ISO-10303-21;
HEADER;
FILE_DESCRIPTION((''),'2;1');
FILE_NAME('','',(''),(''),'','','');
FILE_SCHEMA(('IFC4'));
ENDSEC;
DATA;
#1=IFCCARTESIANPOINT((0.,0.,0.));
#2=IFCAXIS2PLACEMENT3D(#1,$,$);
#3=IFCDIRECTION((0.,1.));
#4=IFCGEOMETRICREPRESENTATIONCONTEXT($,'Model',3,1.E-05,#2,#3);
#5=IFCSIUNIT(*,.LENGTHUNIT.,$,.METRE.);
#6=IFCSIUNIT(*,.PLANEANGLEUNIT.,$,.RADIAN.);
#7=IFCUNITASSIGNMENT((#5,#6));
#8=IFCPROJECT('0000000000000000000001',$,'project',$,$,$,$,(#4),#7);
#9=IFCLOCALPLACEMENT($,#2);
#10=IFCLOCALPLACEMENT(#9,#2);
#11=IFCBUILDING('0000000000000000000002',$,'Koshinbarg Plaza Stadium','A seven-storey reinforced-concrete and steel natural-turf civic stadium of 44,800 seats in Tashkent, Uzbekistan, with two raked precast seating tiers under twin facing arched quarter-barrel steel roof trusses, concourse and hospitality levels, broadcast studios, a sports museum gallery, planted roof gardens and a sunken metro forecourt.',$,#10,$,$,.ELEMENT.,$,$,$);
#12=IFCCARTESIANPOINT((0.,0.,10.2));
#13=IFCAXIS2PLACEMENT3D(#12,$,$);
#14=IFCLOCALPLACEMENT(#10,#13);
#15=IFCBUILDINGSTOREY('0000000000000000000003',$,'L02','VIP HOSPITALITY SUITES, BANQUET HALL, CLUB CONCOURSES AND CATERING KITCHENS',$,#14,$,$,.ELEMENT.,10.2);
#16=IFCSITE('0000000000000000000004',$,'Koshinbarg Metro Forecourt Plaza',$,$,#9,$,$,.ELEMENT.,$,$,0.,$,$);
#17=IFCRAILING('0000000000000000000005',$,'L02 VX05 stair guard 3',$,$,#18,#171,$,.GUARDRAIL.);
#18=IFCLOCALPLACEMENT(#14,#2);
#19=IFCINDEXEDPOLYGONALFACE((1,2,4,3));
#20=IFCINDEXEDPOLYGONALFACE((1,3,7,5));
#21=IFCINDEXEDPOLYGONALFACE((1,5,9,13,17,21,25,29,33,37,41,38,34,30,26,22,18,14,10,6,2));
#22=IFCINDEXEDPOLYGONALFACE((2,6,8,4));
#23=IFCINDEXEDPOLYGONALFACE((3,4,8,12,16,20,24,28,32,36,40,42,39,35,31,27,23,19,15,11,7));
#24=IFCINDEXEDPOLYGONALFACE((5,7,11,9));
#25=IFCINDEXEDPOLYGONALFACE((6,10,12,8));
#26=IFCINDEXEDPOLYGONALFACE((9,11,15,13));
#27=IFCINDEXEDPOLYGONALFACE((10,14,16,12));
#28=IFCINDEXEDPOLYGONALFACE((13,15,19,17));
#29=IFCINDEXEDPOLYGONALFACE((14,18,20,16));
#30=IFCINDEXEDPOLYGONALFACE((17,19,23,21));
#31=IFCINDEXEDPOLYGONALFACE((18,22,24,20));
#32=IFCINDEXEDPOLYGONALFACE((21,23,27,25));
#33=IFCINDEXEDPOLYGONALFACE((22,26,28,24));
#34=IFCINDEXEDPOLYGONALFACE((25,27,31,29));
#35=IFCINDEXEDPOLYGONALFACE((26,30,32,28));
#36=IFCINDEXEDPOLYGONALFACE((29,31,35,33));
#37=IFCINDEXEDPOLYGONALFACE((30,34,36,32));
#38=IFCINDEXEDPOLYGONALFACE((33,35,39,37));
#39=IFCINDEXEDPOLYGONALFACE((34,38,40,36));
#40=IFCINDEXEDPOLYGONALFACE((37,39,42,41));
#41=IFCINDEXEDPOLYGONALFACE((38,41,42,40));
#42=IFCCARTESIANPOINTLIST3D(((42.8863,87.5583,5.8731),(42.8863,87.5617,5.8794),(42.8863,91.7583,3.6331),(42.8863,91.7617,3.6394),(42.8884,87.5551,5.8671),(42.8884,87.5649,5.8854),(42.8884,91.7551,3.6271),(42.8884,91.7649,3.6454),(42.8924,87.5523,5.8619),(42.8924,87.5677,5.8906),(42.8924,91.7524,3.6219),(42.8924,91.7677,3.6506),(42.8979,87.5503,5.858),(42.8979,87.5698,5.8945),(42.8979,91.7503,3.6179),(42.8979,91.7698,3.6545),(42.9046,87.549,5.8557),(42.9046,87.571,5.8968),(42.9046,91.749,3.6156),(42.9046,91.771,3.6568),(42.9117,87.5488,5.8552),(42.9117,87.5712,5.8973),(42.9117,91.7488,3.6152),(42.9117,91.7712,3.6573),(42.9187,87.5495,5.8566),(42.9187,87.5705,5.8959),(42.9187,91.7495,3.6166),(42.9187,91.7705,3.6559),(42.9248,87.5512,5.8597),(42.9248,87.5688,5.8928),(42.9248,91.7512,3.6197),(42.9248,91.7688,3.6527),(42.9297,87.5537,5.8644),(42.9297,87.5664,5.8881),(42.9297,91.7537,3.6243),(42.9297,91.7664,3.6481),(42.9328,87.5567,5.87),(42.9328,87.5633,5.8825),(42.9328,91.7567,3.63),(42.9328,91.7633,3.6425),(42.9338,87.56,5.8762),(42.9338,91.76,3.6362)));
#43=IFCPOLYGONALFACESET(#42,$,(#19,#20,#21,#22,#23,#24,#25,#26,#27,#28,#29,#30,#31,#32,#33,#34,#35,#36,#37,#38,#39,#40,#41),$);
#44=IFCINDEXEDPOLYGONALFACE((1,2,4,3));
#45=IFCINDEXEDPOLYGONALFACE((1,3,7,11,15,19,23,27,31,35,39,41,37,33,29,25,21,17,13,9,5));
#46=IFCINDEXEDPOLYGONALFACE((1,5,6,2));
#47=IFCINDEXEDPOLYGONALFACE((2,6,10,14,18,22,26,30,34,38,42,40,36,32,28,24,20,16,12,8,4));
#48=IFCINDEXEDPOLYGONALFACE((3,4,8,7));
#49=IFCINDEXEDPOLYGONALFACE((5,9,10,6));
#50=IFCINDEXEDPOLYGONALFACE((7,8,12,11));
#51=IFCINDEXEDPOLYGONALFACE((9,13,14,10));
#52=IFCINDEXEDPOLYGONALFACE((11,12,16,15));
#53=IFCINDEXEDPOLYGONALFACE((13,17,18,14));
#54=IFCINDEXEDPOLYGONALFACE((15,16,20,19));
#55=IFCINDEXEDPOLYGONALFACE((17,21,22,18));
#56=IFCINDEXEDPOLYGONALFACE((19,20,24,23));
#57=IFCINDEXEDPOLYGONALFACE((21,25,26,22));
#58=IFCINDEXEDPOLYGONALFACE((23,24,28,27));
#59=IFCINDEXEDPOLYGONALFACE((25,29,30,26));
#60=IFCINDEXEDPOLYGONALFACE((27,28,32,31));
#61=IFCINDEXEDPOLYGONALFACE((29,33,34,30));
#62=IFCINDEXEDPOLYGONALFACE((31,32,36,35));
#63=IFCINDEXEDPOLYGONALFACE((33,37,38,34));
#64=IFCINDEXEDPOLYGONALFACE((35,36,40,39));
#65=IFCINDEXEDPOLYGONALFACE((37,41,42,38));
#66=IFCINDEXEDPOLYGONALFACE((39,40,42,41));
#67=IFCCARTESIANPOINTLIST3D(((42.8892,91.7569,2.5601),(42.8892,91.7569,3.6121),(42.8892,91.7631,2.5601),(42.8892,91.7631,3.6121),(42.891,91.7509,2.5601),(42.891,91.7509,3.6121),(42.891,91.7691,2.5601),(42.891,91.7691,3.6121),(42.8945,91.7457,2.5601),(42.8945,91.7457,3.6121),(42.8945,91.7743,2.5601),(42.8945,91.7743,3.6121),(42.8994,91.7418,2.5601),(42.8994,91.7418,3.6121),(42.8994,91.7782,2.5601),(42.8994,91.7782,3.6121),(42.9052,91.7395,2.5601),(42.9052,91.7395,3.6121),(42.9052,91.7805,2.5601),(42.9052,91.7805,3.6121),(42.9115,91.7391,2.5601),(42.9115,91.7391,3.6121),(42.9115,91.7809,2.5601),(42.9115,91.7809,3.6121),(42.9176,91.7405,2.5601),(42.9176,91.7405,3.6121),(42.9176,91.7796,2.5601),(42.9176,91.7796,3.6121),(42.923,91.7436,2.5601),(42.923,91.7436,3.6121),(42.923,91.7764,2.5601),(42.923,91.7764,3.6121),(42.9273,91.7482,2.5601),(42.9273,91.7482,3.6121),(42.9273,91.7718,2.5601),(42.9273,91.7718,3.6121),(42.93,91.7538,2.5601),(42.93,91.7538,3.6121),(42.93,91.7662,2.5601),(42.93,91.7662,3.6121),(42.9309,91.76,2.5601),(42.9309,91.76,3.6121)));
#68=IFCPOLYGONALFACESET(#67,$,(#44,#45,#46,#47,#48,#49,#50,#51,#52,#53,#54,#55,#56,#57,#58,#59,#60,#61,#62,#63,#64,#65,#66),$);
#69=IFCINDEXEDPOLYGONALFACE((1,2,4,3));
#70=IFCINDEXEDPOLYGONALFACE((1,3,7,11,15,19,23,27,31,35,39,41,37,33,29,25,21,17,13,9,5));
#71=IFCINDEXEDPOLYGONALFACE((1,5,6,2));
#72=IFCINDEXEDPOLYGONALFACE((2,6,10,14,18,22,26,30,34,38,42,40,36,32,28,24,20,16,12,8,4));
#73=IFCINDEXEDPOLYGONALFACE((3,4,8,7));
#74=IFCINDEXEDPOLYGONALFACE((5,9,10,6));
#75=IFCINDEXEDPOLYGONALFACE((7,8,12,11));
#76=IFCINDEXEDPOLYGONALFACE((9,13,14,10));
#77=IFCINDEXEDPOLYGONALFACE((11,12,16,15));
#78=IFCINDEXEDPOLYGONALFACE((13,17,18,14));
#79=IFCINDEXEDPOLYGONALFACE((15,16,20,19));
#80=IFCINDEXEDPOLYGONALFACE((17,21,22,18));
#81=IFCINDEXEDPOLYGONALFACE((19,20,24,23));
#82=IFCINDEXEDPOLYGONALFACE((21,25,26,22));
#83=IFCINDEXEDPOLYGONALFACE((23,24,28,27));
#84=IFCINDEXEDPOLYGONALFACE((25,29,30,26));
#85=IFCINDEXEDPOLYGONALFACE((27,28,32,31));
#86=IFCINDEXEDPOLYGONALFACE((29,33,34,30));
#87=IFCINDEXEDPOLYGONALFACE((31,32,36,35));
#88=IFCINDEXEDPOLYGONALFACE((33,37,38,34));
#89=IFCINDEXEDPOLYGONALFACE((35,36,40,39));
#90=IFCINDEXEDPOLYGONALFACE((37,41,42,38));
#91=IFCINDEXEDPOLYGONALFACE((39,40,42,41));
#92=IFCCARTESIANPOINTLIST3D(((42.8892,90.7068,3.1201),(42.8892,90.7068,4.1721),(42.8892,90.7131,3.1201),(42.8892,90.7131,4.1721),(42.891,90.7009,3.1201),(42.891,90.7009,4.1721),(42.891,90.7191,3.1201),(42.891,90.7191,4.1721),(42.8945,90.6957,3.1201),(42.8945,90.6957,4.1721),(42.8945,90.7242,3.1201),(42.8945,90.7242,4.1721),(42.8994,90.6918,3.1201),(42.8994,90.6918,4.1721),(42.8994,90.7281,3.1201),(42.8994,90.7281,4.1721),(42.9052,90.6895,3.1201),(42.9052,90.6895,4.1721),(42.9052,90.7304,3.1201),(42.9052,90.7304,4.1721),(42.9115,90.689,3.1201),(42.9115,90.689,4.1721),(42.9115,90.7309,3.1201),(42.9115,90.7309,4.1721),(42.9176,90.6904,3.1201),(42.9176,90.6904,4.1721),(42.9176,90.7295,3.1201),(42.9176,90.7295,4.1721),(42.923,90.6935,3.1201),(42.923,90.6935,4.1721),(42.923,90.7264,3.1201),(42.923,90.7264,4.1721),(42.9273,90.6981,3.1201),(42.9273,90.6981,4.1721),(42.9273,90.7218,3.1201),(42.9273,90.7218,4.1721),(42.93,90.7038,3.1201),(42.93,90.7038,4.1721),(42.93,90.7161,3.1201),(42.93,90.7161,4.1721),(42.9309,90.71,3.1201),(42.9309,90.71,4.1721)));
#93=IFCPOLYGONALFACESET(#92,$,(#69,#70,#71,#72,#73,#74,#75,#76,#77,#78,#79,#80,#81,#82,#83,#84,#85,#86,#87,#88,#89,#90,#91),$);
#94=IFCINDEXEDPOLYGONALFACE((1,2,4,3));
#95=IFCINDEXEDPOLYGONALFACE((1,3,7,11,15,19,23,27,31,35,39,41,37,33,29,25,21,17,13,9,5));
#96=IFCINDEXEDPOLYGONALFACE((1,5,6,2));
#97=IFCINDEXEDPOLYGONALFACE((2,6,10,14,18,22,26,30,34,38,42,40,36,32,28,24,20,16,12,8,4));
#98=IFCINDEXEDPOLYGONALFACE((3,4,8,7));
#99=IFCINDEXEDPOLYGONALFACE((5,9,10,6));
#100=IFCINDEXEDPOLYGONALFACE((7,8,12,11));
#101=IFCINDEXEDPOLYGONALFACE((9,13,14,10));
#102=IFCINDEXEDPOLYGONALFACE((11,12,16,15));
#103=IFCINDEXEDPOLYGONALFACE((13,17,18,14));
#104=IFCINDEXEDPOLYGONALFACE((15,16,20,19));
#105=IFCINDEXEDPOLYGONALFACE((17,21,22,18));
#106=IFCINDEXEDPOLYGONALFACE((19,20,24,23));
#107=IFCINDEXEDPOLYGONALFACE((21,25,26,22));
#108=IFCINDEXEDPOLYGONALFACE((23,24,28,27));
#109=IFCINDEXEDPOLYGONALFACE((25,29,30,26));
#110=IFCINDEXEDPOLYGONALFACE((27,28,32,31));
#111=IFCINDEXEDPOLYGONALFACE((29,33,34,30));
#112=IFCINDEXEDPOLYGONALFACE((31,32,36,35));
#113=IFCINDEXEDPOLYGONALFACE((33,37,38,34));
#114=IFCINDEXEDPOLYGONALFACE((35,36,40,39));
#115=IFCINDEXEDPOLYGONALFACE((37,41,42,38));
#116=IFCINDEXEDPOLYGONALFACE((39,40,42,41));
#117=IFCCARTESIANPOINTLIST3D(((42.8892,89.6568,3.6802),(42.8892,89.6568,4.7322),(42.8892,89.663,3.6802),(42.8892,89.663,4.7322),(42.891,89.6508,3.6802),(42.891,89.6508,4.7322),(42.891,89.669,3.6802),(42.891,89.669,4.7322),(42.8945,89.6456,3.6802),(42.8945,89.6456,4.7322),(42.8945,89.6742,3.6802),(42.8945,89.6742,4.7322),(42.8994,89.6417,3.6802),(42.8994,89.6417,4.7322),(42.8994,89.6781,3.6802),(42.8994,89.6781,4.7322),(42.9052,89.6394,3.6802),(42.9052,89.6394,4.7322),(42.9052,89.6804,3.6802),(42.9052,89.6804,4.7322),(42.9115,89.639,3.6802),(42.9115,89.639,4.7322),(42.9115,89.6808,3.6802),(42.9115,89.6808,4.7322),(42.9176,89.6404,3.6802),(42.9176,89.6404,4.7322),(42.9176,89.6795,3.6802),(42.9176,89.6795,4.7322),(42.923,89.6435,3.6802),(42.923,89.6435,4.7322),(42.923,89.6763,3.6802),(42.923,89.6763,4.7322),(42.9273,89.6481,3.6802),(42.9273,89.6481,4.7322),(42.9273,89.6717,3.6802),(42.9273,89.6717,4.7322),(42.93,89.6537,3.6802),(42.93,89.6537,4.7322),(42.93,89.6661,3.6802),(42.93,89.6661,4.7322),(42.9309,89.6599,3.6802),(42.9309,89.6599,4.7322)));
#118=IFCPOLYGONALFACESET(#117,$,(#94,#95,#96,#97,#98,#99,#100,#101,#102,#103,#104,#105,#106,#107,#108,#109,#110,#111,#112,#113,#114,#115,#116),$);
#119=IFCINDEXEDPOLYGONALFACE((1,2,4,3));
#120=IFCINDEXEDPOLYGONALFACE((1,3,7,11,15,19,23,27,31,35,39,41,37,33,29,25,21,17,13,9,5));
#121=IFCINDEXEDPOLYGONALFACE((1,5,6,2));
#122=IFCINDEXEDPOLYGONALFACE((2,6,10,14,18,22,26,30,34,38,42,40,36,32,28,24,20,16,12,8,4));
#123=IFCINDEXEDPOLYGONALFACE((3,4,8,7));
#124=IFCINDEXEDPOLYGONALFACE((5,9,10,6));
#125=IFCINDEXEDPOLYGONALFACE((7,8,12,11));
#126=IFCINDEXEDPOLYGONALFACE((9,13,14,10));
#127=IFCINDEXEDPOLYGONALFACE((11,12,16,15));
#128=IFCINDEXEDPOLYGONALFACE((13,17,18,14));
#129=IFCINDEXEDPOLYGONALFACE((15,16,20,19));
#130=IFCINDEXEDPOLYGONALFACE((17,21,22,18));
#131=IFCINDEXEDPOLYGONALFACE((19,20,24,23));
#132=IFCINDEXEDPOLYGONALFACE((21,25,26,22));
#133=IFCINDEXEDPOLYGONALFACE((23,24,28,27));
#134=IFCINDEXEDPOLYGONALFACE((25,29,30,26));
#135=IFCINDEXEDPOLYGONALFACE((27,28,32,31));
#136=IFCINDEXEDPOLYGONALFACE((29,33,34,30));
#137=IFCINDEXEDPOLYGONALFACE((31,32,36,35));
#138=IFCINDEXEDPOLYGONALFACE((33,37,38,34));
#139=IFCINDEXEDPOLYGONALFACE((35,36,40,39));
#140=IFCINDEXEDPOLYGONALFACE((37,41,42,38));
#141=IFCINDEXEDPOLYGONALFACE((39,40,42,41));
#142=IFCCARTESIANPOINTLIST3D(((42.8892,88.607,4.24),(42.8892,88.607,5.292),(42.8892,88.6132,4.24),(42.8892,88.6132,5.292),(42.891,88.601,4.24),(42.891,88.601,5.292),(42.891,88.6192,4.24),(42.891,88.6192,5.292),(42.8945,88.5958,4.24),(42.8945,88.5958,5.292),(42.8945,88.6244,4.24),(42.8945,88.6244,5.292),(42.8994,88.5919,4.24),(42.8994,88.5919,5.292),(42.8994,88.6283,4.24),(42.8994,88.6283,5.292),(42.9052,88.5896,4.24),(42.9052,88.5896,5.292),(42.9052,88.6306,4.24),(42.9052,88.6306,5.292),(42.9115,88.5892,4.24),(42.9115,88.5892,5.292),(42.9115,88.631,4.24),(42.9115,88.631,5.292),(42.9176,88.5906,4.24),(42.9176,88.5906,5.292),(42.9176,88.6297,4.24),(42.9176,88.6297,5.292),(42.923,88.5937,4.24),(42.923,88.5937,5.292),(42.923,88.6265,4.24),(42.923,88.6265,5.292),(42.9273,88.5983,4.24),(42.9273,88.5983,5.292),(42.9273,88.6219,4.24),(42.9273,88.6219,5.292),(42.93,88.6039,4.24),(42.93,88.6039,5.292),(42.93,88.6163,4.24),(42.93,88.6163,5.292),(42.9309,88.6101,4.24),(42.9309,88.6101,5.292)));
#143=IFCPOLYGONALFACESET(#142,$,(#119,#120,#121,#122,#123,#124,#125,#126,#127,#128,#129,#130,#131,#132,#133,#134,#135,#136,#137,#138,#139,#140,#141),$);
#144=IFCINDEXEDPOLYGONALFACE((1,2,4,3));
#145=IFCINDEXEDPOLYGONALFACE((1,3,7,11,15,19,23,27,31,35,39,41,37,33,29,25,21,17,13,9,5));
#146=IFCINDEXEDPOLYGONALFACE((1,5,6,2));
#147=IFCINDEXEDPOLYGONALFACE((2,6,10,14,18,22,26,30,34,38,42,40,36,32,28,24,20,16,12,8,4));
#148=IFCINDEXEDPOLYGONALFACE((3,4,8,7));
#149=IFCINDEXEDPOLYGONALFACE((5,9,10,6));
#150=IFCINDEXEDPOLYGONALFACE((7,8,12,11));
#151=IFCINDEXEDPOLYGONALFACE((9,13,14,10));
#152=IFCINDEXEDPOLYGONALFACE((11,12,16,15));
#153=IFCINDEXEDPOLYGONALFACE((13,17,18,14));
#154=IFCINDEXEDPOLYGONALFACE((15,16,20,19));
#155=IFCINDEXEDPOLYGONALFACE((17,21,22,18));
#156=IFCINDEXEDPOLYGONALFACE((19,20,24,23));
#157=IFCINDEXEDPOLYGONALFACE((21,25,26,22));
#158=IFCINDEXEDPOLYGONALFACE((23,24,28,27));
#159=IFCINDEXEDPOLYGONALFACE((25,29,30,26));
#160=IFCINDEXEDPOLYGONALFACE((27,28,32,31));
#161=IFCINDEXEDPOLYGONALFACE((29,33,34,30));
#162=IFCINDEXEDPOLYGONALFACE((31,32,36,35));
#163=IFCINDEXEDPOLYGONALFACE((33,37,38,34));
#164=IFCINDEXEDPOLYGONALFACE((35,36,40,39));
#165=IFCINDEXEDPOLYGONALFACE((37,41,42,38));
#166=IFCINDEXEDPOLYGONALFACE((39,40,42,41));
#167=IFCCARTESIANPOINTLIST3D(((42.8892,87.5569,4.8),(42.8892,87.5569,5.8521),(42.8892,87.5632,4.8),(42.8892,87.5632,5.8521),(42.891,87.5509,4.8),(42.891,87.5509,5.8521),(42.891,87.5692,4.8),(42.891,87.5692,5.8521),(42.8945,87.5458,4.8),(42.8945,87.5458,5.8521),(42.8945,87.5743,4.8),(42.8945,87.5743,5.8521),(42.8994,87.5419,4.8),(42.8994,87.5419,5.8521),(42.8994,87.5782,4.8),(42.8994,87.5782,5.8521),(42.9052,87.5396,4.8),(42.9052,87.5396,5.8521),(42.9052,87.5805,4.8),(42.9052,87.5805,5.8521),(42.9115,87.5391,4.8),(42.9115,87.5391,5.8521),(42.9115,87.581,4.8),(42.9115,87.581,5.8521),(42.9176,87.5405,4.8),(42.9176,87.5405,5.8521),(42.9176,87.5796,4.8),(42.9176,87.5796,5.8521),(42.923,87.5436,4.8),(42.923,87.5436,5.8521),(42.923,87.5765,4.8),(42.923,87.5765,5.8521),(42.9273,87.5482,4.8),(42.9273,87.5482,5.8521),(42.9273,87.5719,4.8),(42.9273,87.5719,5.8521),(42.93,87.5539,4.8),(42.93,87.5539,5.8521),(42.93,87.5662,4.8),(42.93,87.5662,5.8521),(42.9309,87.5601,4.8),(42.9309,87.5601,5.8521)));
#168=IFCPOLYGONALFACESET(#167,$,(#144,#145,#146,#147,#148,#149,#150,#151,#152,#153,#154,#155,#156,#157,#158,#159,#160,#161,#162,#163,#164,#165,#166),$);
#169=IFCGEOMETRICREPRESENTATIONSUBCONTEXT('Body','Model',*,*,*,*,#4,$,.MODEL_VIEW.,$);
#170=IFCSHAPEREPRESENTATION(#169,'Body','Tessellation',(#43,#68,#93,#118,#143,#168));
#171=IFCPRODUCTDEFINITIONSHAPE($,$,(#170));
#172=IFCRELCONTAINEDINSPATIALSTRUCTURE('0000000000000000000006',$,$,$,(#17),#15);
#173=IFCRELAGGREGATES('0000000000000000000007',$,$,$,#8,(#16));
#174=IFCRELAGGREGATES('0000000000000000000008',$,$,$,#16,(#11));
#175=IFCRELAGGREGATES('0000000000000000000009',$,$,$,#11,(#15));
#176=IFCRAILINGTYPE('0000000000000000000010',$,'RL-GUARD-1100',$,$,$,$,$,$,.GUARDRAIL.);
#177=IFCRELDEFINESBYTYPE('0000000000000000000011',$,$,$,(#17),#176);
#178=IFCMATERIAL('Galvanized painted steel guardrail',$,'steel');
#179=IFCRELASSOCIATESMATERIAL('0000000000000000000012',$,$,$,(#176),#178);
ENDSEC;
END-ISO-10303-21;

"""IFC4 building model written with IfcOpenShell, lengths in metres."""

from ifc_helpers import new_model, si_unit, direction, frame, origin, origin_2d, place, context, subcontext, project, spatial, circle, extrude, material, type_object, element, save


model = new_model("IFC4")

# Units and contexts
model_context = context("Model", 3, precision=1e-05, world=origin(), true_north=direction((0.0, 1.0)))
body_context = subcontext(model_context, "Body", "Model", "MODEL_VIEW")
ifc_project = project(units=[si_unit("LENGTHUNIT", "METRE"), si_unit("PLANEANGLEUNIT", "RADIAN")], contexts=[model_context])

# Site, building, storey
site_placement = place(None, origin())
site = spatial("IfcSite", under=ifc_project, at=site_placement, Name="Koshinbarg Metro Forecourt Plaza", CompositionType="ELEMENT", RefElevation=0.0)
building_placement = place(site_placement, origin())
building = spatial("IfcBuilding", under=site, at=building_placement, Name="Koshinbarg Plaza Stadium", Description="A seven-storey reinforced-concrete and steel natural-turf civic stadium of 44,800 seats in Tashkent, Uzbekistan, with two raked precast seating tiers under twin facing arched quarter-barrel steel roof trusses, concourse and hospitality levels, broadcast studios, a sports museum gallery, planted roof gardens and a sunken metro forecourt.", CompositionType="ELEMENT")
storey_placement = place(building_placement, frame((0.0, 0.0, 10.2)))
storey = spatial("IfcBuildingStorey", under=building, at=storey_placement, Name="L02", Description="VIP HOSPITALITY SUITES, BANQUET HALL, CLUB CONCOURSES AND CATERING KITCHENS", CompositionType="ELEMENT", Elevation=10.2)

# Railing
ifc_material_1 = material(Name="Galvanized painted steel guardrail", Category="steel")
railing_type_1 = type_object("IfcRailingType", Name="RL-GUARD-1100", PredefinedType="GUARDRAIL", material=ifc_material_1)
railing_1_placement = place(storey_placement, frame((42.9099, 91.76, 2.5601)))
element("IfcRailing", 1, at=railing_1_placement, inside=storey, type_object=railing_type_1, Name="L02 VX05 stair guard 3", PredefinedType="GUARDRAIL", context=body_context, shape_type="SweptSolid", body=[
    extrude(circle(Radius=0.0239, at=origin_2d()), frame((0.0, 0.0, 1.0762), z_axis=(0.0, -0.882352, 0.470591), x_axis=(1.0, 0.0, 0.0)), (0.0, 0.0, 1.0), 4.76),
    extrude(circle(Radius=0.021, at=origin_2d()), origin(), (0.0, 0.0, 1.0), 1.052),
    extrude(circle(Radius=0.021, at=origin_2d()), frame((0.0, -1.05, 0.5601)), (0.0, 0.0, 1.0), 1.052),
    extrude(circle(Radius=0.021, at=origin_2d()), frame((0.0, -2.1001, 1.1201)), (0.0, 0.0, 1.0), 1.052),
    extrude(circle(Radius=0.021, at=origin_2d()), frame((0.0, -3.1499, 1.6799)), (0.0, 0.0, 1.0), 1.052),
    extrude(circle(Radius=0.021, at=origin_2d()), frame((0.0, -4.2, 2.24)), (0.0, 0.0, 1.0), 1.052),
])

save(model, "model.ifc")
